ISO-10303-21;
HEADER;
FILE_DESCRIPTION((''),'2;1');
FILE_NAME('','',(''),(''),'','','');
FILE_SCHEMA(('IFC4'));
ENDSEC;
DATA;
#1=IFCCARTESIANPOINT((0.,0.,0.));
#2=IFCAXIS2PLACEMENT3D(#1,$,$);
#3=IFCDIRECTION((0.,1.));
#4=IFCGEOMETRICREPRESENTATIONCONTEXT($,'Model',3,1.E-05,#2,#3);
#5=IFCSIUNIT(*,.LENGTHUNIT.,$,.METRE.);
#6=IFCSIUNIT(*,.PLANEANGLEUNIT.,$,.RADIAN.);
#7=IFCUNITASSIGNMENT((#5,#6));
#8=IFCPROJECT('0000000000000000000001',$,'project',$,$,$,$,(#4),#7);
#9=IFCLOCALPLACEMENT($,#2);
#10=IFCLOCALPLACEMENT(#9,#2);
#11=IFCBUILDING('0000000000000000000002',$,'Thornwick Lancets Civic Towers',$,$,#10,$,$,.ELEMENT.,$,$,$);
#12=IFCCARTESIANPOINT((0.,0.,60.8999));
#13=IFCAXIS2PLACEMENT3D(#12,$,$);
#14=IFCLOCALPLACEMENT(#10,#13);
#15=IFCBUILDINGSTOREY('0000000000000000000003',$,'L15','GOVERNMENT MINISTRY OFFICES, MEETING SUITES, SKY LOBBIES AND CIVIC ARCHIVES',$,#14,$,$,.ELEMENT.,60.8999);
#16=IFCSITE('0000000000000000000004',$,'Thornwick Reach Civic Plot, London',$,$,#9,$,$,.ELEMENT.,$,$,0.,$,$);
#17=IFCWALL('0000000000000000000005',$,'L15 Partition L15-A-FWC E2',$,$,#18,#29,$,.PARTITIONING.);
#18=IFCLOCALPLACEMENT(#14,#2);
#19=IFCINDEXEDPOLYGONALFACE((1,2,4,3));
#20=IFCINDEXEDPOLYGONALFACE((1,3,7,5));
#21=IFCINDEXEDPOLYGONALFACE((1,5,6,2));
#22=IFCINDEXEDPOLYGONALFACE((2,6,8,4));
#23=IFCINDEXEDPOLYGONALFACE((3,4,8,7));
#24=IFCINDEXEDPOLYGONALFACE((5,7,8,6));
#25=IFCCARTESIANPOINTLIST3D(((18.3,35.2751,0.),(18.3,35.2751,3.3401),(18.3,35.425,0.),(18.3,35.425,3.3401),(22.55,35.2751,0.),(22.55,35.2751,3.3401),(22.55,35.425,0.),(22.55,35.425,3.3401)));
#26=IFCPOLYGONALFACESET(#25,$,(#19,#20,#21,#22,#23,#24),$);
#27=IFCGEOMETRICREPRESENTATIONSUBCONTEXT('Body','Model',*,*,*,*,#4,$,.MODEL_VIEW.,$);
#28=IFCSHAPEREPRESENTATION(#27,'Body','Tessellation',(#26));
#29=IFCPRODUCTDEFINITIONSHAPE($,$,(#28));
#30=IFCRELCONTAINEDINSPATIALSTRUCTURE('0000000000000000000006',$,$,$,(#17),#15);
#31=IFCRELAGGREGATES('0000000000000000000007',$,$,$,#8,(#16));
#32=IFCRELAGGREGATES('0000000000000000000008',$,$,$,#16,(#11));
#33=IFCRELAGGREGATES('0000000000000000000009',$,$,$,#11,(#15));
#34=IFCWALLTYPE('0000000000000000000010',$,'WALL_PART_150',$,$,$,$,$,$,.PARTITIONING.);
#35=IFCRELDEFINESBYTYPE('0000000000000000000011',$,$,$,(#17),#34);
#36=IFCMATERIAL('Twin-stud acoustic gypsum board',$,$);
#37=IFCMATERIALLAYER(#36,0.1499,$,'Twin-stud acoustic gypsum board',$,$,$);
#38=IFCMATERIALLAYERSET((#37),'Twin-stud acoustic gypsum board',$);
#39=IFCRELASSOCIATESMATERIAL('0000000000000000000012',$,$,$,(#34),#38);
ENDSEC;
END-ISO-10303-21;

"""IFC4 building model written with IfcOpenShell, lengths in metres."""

from ifc_helpers import new_model, si_unit, direction, frame, frame_2d, origin, place, context, subcontext, project, spatial, rectangle, extrude, material, layer, layer_set, type_object, element, save


model = new_model("IFC4")

# Units and contexts
model_context = context("Model", 3, precision=1e-05, world=origin(), true_north=direction((0.0, 1.0)))
body_context = subcontext(model_context, "Body", "Model", "MODEL_VIEW")
ifc_project = project(units=[si_unit("LENGTHUNIT", "METRE"), si_unit("PLANEANGLEUNIT", "RADIAN")], contexts=[model_context])

# Site, building, storey
site_placement = place(None, origin())
site = spatial("IfcSite", under=ifc_project, at=site_placement, Name="Thornwick Reach Civic Plot, London", CompositionType="ELEMENT", RefElevation=0.0)
building_placement = place(site_placement, origin())
building = spatial("IfcBuilding", under=site, at=building_placement, Name="Thornwick Lancets Civic Towers", CompositionType="ELEMENT")
storey_placement = place(building_placement, frame((0.0, 0.0, 60.8999)))
storey = spatial("IfcBuildingStorey", under=building, at=storey_placement, Name="L15", Description="GOVERNMENT MINISTRY OFFICES, MEETING SUITES, SKY LOBBIES AND CIVIC ARCHIVES", CompositionType="ELEMENT", Elevation=60.8999)

# Wall
ifc_material_1 = material(Name="Twin-stud acoustic gypsum board")
ifc_layer_1 = layer(ifc_material_1, 0.1499, Name="Twin-stud acoustic gypsum board")
ifc_layer_set_1 = layer_set([ifc_layer_1], Name="Twin-stud acoustic gypsum board")
wall_type_1 = type_object("IfcWallType", Name="WALL_PART_150", PredefinedType="PARTITIONING", material=ifc_layer_set_1)
wall_1_placement = place(storey_placement, frame((18.3, 35.3501, 0.0), z_axis=(0.0, 0.0, 1.0), x_axis=(1.0, 0.0, 0.0)))
element("IfcWall", 1, at=wall_1_placement, inside=storey, type_object=wall_type_1, Name="L15 Partition L15-A-FWC E2", PredefinedType="PARTITIONING", context=body_context, shape_type="SweptSolid", body=[
    extrude(rectangle(XDim=4.25, YDim=0.1499, at=frame_2d((2.125, 0.0))), origin(), (0.0, 0.0, 1.0), 3.3401),
])

save(model, "model.ifc")
